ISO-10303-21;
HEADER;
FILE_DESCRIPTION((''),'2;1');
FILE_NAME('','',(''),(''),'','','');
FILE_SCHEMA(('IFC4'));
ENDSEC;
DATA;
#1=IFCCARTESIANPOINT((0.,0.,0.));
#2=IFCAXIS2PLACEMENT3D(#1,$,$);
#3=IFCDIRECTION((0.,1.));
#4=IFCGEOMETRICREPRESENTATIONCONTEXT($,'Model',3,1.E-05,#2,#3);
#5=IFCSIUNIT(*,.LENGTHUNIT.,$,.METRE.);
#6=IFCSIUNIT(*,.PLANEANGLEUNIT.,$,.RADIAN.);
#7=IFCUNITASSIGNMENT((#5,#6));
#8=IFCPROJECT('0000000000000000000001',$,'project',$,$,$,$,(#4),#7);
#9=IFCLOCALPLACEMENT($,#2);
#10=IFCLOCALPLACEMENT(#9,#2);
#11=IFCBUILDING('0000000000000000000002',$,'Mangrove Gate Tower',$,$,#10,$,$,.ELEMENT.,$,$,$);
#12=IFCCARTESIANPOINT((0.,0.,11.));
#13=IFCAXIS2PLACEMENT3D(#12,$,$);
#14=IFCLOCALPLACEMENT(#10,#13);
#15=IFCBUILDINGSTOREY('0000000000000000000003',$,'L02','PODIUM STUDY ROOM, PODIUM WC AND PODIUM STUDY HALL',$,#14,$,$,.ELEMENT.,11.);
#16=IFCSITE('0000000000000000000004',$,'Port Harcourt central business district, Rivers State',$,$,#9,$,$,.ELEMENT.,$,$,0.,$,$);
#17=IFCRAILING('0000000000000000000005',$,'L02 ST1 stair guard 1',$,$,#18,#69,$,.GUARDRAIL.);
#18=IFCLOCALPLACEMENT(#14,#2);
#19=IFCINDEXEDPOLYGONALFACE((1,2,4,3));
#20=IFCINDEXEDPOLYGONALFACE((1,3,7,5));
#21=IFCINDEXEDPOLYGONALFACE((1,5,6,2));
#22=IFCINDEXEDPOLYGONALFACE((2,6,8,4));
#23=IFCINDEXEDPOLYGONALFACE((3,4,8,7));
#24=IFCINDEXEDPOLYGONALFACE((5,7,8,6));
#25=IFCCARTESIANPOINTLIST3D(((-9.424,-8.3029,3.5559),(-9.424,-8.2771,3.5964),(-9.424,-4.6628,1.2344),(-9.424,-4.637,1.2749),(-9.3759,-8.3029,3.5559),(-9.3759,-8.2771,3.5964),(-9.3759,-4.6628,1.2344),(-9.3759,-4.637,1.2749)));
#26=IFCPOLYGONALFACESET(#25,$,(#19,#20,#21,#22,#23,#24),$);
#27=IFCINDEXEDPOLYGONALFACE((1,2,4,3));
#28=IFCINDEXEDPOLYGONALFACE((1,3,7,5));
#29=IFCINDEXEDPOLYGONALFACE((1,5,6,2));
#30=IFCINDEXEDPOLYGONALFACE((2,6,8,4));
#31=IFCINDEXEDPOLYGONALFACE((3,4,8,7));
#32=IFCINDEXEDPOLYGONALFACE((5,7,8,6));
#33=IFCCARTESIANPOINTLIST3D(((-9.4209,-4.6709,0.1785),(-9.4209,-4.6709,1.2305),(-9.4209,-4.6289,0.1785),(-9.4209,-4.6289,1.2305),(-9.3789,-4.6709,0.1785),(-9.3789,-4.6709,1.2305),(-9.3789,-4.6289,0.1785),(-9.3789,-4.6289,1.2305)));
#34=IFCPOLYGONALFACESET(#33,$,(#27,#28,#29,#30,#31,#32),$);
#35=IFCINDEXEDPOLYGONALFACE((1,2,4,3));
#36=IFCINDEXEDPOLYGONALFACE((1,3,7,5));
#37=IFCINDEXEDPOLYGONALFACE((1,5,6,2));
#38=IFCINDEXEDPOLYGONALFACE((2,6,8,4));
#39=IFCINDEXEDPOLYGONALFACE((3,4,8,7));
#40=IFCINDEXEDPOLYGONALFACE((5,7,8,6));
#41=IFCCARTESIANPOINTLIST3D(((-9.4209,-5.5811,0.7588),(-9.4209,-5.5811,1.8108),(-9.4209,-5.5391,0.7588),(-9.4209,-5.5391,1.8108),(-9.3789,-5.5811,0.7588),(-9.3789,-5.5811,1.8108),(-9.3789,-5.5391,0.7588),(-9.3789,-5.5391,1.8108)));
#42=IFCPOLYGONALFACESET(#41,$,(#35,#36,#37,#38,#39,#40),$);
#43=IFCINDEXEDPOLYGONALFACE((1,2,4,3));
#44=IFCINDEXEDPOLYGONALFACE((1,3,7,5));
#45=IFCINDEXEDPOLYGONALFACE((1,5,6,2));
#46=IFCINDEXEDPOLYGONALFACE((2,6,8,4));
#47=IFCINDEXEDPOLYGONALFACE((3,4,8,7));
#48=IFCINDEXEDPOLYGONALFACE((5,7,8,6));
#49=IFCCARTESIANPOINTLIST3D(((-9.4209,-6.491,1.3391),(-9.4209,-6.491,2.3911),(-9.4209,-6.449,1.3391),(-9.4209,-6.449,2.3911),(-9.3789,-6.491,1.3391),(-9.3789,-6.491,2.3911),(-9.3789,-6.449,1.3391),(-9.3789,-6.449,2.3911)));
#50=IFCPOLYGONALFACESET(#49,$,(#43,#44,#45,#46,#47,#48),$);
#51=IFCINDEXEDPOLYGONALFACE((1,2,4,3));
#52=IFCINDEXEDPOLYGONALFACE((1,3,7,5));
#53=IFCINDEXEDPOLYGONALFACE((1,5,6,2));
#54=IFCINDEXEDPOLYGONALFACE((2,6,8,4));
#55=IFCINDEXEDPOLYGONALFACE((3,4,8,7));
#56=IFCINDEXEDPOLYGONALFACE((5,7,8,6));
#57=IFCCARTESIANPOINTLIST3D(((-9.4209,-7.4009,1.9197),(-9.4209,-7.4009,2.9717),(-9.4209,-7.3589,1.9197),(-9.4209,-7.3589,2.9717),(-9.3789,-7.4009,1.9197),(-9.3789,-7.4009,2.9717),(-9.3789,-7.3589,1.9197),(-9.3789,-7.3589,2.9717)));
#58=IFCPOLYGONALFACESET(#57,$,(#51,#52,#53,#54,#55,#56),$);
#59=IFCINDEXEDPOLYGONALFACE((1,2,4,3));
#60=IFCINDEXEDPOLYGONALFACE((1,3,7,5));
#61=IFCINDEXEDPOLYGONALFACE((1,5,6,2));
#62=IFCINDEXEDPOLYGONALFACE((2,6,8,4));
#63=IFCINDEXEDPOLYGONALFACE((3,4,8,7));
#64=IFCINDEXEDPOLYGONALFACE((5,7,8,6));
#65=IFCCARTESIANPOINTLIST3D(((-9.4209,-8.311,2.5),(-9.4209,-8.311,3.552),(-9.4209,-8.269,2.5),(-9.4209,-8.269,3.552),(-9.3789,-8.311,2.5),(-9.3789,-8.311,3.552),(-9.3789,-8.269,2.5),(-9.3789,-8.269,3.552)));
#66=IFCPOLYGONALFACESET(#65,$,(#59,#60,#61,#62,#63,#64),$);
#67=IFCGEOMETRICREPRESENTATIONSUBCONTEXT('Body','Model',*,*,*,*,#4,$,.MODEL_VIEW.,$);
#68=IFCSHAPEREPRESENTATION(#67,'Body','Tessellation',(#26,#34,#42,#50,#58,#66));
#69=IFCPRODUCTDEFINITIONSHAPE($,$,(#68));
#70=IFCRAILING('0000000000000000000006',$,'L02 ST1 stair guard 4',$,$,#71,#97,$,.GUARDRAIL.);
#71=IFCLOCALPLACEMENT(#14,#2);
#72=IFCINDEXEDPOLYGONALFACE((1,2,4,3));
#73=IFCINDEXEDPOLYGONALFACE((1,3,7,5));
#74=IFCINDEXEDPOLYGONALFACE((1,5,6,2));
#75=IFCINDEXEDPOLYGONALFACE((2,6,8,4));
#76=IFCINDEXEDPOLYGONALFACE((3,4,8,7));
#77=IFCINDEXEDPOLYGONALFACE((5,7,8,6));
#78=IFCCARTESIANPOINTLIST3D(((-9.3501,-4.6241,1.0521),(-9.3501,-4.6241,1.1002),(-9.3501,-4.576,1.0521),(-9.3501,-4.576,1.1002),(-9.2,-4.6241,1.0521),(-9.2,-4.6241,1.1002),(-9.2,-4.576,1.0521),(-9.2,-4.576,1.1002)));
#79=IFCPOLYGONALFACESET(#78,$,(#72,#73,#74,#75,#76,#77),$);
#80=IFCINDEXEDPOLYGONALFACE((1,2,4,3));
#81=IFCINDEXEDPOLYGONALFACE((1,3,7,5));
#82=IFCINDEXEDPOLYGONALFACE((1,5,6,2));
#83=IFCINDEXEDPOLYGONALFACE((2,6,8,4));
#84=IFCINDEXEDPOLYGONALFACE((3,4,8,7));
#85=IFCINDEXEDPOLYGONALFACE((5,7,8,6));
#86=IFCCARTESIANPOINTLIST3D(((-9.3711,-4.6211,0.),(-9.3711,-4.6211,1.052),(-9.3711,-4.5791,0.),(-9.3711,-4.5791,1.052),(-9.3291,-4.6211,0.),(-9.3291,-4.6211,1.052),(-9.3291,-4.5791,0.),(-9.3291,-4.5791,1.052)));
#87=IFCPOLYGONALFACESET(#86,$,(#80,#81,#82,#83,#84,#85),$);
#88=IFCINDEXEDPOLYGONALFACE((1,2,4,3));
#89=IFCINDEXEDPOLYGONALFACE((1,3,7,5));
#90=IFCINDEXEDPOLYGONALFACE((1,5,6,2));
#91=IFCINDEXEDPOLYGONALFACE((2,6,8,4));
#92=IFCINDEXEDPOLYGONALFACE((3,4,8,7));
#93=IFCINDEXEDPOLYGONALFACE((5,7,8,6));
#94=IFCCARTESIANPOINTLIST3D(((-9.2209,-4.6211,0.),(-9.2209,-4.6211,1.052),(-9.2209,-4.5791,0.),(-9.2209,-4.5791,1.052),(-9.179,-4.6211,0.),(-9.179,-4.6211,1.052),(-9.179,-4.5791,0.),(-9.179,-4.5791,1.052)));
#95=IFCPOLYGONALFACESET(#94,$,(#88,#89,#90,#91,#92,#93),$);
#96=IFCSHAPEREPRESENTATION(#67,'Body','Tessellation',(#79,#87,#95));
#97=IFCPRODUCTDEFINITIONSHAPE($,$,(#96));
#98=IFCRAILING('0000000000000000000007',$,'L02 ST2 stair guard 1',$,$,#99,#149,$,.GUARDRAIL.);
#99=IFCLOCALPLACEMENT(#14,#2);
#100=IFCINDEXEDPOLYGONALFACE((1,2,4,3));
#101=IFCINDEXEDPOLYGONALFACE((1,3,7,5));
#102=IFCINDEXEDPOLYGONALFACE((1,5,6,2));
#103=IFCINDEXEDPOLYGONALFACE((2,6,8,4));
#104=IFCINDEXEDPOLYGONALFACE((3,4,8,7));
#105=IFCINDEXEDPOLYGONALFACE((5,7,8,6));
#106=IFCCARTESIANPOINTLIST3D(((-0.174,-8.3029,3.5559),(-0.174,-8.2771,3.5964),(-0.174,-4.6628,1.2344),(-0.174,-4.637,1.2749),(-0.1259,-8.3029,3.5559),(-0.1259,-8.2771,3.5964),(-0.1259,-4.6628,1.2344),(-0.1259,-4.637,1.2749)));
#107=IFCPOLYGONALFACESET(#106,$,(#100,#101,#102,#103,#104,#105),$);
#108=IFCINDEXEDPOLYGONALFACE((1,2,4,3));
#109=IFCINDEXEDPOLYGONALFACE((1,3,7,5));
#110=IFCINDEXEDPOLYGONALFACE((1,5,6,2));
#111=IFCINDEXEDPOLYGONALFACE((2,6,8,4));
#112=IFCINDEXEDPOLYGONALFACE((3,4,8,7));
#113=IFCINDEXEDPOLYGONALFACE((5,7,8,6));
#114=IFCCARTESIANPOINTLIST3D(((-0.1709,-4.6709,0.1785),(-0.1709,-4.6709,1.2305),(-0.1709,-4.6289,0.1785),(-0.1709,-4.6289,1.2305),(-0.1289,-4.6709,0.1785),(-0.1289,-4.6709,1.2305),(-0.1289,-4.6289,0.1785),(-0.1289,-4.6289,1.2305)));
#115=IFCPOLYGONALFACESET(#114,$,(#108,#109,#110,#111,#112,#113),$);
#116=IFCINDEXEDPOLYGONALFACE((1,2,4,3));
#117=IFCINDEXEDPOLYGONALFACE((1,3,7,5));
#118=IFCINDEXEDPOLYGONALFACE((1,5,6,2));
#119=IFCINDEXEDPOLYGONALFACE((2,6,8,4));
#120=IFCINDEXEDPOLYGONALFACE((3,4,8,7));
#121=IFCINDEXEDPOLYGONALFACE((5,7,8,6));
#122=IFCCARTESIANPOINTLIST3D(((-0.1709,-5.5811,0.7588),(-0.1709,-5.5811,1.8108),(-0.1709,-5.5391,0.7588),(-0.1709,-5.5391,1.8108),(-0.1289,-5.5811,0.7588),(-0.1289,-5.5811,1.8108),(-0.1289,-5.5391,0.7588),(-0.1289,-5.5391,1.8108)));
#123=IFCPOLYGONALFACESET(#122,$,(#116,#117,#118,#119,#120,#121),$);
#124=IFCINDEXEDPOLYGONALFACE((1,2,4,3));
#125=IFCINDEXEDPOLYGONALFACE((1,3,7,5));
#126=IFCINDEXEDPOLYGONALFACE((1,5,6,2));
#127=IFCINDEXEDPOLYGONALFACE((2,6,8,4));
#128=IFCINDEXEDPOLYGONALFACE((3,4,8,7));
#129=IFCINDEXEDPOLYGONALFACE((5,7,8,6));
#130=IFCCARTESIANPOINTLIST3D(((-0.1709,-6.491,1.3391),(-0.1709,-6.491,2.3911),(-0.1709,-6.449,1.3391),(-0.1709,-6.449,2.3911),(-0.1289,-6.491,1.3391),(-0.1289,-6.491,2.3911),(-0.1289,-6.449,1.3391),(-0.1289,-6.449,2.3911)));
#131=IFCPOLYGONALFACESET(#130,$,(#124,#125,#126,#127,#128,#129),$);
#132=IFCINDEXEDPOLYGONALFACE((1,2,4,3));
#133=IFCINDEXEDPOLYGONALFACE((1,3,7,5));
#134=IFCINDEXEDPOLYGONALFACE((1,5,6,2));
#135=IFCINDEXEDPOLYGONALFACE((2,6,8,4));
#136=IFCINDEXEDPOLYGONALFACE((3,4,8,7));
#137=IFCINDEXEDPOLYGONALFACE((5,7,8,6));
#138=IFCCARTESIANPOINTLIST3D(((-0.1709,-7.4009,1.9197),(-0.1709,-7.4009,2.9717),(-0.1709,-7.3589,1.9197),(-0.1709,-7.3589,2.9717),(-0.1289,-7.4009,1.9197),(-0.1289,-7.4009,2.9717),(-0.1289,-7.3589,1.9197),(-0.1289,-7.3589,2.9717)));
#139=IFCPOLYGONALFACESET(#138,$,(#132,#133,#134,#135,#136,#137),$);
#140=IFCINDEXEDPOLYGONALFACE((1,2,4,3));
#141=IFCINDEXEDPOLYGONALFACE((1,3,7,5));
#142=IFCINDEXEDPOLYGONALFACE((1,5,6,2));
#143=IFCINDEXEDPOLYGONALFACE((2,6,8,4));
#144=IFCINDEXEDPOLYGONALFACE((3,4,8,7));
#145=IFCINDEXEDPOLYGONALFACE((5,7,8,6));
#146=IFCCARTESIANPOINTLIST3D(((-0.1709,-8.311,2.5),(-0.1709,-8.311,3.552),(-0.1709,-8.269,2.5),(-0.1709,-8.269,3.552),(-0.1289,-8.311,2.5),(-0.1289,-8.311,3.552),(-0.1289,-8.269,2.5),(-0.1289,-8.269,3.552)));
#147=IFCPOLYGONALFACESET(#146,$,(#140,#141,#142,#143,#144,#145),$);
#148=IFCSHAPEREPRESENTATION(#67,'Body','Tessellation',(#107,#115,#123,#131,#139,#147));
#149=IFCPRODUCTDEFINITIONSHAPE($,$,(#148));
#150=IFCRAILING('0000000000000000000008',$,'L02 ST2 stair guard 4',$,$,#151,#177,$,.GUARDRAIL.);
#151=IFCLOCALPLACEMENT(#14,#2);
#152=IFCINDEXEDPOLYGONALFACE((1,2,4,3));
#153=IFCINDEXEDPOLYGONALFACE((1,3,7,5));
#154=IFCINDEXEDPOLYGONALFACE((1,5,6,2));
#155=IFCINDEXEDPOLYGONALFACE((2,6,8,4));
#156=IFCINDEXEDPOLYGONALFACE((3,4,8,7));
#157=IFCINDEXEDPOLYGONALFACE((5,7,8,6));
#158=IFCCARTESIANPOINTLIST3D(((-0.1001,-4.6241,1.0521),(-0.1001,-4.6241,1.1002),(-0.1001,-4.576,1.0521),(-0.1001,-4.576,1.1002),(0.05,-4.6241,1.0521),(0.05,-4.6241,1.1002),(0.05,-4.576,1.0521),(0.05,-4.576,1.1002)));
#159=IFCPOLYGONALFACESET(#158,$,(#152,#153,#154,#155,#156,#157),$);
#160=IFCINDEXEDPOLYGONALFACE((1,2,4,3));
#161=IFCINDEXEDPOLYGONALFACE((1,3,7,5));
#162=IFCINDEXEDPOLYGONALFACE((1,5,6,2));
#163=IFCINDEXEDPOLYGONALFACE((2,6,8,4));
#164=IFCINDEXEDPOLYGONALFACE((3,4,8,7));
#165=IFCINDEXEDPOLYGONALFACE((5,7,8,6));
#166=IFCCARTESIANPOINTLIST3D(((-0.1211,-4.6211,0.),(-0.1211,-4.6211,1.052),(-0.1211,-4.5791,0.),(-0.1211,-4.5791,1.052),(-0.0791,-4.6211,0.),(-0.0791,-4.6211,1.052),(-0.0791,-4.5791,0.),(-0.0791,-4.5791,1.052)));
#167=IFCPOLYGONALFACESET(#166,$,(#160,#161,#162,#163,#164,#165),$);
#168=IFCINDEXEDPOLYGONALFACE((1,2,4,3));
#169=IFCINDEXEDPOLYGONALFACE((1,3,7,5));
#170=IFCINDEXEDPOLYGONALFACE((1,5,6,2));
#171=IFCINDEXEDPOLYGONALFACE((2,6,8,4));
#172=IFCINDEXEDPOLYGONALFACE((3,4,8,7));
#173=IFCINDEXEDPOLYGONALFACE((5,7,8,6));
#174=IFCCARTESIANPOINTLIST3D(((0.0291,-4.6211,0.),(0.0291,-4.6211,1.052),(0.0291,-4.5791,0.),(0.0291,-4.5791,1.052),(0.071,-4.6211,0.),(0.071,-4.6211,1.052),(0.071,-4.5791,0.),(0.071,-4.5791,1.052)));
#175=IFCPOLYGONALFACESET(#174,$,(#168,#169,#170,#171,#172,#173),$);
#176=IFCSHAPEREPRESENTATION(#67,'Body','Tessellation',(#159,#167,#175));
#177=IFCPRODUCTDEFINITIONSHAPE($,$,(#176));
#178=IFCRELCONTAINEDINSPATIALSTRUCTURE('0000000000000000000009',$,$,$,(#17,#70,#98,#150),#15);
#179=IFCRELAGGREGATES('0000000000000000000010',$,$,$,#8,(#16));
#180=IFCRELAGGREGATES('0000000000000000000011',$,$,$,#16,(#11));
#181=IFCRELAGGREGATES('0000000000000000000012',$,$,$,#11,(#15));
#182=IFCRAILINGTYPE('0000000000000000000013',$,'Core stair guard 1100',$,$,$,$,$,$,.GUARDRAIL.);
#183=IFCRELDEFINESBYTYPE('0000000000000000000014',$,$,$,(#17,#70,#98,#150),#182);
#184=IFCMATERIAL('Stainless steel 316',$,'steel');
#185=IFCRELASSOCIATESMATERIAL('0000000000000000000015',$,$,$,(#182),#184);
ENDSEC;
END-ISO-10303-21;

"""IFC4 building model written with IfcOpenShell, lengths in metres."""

from ifc_helpers import new_model, si_unit, direction, frame, origin, origin_2d, place, context, subcontext, project, spatial, rectangle, extrude, material, type_object, element, save


model = new_model("IFC4")

# Units and contexts
model_context = context("Model", 3, precision=1e-05, world=origin(), true_north=direction((0.0, 1.0)))
body_context = subcontext(model_context, "Body", "Model", "MODEL_VIEW")
ifc_project = project(units=[si_unit("LENGTHUNIT", "METRE"), si_unit("PLANEANGLEUNIT", "RADIAN")], contexts=[model_context])

# Site, building, storey
site_placement = place(None, origin())
site = spatial("IfcSite", under=ifc_project, at=site_placement, Name="Port Harcourt central business district, Rivers State", CompositionType="ELEMENT", RefElevation=0.0)
building_placement = place(site_placement, origin())
building = spatial("IfcBuilding", under=site, at=building_placement, Name="Mangrove Gate Tower", CompositionType="ELEMENT")
storey_placement = place(building_placement, frame((0.0, 0.0, 11.0)))
storey = spatial("IfcBuildingStorey", under=building, at=storey_placement, Name="L02", Description="PODIUM STUDY ROOM, PODIUM WC AND PODIUM STUDY HALL", CompositionType="ELEMENT", Elevation=11.0)

# Railings
ifc_material_1 = material(Name="Stainless steel 316", Category="steel")
railing_type_1 = type_object("IfcRailingType", Name="Core stair guard 1100", PredefinedType="GUARDRAIL", material=ifc_material_1)
railing_1_placement = place(storey_placement, frame((-9.3999, -4.6499, 0.1785)))
element("IfcRailing", 1, at=railing_1_placement, inside=storey, type_object=railing_type_1, Name="L02 ST1 stair guard 1", PredefinedType="GUARDRAIL", context=body_context, shape_type="SweptSolid", body=[
    extrude(rectangle(XDim=0.0481, YDim=0.0481, at=origin_2d()), frame((0.0, 0.0, 1.0762), z_axis=(0.0, -0.843128, 0.537713), x_axis=(1.0, 0.0, 0.0)), (0.0, 0.0, 1.0), 4.3174),
    extrude(rectangle(XDim=0.042, YDim=0.042, at=origin_2d()), origin(), (0.0, 0.0, 1.0), 1.052),
    extrude(rectangle(XDim=0.042, YDim=0.042, at=origin_2d()), frame((0.0, -0.9102, 0.5803)), (0.0, 0.0, 1.0), 1.052),
    extrude(rectangle(XDim=0.042, YDim=0.042, at=origin_2d()), frame((0.0, -1.8201, 1.1606)), (0.0, 0.0, 1.0), 1.052),
    extrude(rectangle(XDim=0.042, YDim=0.042, at=origin_2d()), frame((0.0, -2.73, 1.7412)), (0.0, 0.0, 1.0), 1.052),
    extrude(rectangle(XDim=0.042, YDim=0.042, at=origin_2d()), frame((0.0, -3.6401, 2.3215)), (0.0, 0.0, 1.0), 1.052),
])
railing_2_placement = place(storey_placement, frame((-9.3501, -4.6001, 0.0)))
element("IfcRailing", 2, at=railing_2_placement, inside=storey, type_object=railing_type_1, Name="L02 ST1 stair guard 4", PredefinedType="GUARDRAIL", context=body_context, shape_type="SweptSolid", body=[
    extrude(rectangle(XDim=0.0481, YDim=0.0481, at=origin_2d()), frame((0.0, 0.0, 1.0762), z_axis=(1.0, 0.0, 0.0), x_axis=(0.0, 1.0, 0.0)), (0.0, 0.0, 1.0), 0.1501),
    extrude(rectangle(XDim=0.042, YDim=0.042, at=origin_2d()), origin(), (0.0, 0.0, 1.0), 1.052),
    extrude(rectangle(XDim=0.042, YDim=0.042, at=origin_2d()), frame((0.1501, 0.0, 0.0)), (0.0, 0.0, 1.0), 1.052),
])
railing_3_placement = place(storey_placement, frame((-0.1499, -4.6499, 0.1785)))
element("IfcRailing", 3, at=railing_3_placement, inside=storey, type_object=railing_type_1, Name="L02 ST2 stair guard 1", PredefinedType="GUARDRAIL", context=body_context, shape_type="SweptSolid", body=[
    extrude(rectangle(XDim=0.0481, YDim=0.0481, at=origin_2d()), frame((0.0, 0.0, 1.0762), z_axis=(0.0, -0.843128, 0.537713), x_axis=(1.0, 0.0, 0.0)), (0.0, 0.0, 1.0), 4.3174),
    extrude(rectangle(XDim=0.042, YDim=0.042, at=origin_2d()), origin(), (0.0, 0.0, 1.0), 1.052),
    extrude(rectangle(XDim=0.042, YDim=0.042, at=origin_2d()), frame((0.0, -0.9102, 0.5803)), (0.0, 0.0, 1.0), 1.052),
    extrude(rectangle(XDim=0.042, YDim=0.042, at=origin_2d()), frame((0.0, -1.8201, 1.1606)), (0.0, 0.0, 1.0), 1.052),
    extrude(rectangle(XDim=0.042, YDim=0.042, at=origin_2d()), frame((0.0, -2.73, 1.7412)), (0.0, 0.0, 1.0), 1.052),
    extrude(rectangle(XDim=0.042, YDim=0.042, at=origin_2d()), frame((0.0, -3.6401, 2.3215)), (0.0, 0.0, 1.0), 1.052),
])
railing_4_placement = place(storey_placement, frame((-0.1001, -4.6001, 0.0)))
element("IfcRailing", 4, at=railing_4_placement, inside=storey, type_object=railing_type_1, Name="L02 ST2 stair guard 4", PredefinedType="GUARDRAIL", context=body_context, shape_type="SweptSolid", body=[
    extrude(rectangle(XDim=0.0481, YDim=0.0481, at=origin_2d()), frame((0.0, 0.0, 1.0762), z_axis=(1.0, 0.0, 0.0), x_axis=(0.0, 1.0, 0.0)), (0.0, 0.0, 1.0), 0.1501),
    extrude(rectangle(XDim=0.042, YDim=0.042, at=origin_2d()), origin(), (0.0, 0.0, 1.0), 1.052),
    extrude(rectangle(XDim=0.042, YDim=0.042, at=origin_2d()), frame((0.1501, 0.0, 0.0)), (0.0, 0.0, 1.0), 1.052),
])

save(model, "model.ifc")
